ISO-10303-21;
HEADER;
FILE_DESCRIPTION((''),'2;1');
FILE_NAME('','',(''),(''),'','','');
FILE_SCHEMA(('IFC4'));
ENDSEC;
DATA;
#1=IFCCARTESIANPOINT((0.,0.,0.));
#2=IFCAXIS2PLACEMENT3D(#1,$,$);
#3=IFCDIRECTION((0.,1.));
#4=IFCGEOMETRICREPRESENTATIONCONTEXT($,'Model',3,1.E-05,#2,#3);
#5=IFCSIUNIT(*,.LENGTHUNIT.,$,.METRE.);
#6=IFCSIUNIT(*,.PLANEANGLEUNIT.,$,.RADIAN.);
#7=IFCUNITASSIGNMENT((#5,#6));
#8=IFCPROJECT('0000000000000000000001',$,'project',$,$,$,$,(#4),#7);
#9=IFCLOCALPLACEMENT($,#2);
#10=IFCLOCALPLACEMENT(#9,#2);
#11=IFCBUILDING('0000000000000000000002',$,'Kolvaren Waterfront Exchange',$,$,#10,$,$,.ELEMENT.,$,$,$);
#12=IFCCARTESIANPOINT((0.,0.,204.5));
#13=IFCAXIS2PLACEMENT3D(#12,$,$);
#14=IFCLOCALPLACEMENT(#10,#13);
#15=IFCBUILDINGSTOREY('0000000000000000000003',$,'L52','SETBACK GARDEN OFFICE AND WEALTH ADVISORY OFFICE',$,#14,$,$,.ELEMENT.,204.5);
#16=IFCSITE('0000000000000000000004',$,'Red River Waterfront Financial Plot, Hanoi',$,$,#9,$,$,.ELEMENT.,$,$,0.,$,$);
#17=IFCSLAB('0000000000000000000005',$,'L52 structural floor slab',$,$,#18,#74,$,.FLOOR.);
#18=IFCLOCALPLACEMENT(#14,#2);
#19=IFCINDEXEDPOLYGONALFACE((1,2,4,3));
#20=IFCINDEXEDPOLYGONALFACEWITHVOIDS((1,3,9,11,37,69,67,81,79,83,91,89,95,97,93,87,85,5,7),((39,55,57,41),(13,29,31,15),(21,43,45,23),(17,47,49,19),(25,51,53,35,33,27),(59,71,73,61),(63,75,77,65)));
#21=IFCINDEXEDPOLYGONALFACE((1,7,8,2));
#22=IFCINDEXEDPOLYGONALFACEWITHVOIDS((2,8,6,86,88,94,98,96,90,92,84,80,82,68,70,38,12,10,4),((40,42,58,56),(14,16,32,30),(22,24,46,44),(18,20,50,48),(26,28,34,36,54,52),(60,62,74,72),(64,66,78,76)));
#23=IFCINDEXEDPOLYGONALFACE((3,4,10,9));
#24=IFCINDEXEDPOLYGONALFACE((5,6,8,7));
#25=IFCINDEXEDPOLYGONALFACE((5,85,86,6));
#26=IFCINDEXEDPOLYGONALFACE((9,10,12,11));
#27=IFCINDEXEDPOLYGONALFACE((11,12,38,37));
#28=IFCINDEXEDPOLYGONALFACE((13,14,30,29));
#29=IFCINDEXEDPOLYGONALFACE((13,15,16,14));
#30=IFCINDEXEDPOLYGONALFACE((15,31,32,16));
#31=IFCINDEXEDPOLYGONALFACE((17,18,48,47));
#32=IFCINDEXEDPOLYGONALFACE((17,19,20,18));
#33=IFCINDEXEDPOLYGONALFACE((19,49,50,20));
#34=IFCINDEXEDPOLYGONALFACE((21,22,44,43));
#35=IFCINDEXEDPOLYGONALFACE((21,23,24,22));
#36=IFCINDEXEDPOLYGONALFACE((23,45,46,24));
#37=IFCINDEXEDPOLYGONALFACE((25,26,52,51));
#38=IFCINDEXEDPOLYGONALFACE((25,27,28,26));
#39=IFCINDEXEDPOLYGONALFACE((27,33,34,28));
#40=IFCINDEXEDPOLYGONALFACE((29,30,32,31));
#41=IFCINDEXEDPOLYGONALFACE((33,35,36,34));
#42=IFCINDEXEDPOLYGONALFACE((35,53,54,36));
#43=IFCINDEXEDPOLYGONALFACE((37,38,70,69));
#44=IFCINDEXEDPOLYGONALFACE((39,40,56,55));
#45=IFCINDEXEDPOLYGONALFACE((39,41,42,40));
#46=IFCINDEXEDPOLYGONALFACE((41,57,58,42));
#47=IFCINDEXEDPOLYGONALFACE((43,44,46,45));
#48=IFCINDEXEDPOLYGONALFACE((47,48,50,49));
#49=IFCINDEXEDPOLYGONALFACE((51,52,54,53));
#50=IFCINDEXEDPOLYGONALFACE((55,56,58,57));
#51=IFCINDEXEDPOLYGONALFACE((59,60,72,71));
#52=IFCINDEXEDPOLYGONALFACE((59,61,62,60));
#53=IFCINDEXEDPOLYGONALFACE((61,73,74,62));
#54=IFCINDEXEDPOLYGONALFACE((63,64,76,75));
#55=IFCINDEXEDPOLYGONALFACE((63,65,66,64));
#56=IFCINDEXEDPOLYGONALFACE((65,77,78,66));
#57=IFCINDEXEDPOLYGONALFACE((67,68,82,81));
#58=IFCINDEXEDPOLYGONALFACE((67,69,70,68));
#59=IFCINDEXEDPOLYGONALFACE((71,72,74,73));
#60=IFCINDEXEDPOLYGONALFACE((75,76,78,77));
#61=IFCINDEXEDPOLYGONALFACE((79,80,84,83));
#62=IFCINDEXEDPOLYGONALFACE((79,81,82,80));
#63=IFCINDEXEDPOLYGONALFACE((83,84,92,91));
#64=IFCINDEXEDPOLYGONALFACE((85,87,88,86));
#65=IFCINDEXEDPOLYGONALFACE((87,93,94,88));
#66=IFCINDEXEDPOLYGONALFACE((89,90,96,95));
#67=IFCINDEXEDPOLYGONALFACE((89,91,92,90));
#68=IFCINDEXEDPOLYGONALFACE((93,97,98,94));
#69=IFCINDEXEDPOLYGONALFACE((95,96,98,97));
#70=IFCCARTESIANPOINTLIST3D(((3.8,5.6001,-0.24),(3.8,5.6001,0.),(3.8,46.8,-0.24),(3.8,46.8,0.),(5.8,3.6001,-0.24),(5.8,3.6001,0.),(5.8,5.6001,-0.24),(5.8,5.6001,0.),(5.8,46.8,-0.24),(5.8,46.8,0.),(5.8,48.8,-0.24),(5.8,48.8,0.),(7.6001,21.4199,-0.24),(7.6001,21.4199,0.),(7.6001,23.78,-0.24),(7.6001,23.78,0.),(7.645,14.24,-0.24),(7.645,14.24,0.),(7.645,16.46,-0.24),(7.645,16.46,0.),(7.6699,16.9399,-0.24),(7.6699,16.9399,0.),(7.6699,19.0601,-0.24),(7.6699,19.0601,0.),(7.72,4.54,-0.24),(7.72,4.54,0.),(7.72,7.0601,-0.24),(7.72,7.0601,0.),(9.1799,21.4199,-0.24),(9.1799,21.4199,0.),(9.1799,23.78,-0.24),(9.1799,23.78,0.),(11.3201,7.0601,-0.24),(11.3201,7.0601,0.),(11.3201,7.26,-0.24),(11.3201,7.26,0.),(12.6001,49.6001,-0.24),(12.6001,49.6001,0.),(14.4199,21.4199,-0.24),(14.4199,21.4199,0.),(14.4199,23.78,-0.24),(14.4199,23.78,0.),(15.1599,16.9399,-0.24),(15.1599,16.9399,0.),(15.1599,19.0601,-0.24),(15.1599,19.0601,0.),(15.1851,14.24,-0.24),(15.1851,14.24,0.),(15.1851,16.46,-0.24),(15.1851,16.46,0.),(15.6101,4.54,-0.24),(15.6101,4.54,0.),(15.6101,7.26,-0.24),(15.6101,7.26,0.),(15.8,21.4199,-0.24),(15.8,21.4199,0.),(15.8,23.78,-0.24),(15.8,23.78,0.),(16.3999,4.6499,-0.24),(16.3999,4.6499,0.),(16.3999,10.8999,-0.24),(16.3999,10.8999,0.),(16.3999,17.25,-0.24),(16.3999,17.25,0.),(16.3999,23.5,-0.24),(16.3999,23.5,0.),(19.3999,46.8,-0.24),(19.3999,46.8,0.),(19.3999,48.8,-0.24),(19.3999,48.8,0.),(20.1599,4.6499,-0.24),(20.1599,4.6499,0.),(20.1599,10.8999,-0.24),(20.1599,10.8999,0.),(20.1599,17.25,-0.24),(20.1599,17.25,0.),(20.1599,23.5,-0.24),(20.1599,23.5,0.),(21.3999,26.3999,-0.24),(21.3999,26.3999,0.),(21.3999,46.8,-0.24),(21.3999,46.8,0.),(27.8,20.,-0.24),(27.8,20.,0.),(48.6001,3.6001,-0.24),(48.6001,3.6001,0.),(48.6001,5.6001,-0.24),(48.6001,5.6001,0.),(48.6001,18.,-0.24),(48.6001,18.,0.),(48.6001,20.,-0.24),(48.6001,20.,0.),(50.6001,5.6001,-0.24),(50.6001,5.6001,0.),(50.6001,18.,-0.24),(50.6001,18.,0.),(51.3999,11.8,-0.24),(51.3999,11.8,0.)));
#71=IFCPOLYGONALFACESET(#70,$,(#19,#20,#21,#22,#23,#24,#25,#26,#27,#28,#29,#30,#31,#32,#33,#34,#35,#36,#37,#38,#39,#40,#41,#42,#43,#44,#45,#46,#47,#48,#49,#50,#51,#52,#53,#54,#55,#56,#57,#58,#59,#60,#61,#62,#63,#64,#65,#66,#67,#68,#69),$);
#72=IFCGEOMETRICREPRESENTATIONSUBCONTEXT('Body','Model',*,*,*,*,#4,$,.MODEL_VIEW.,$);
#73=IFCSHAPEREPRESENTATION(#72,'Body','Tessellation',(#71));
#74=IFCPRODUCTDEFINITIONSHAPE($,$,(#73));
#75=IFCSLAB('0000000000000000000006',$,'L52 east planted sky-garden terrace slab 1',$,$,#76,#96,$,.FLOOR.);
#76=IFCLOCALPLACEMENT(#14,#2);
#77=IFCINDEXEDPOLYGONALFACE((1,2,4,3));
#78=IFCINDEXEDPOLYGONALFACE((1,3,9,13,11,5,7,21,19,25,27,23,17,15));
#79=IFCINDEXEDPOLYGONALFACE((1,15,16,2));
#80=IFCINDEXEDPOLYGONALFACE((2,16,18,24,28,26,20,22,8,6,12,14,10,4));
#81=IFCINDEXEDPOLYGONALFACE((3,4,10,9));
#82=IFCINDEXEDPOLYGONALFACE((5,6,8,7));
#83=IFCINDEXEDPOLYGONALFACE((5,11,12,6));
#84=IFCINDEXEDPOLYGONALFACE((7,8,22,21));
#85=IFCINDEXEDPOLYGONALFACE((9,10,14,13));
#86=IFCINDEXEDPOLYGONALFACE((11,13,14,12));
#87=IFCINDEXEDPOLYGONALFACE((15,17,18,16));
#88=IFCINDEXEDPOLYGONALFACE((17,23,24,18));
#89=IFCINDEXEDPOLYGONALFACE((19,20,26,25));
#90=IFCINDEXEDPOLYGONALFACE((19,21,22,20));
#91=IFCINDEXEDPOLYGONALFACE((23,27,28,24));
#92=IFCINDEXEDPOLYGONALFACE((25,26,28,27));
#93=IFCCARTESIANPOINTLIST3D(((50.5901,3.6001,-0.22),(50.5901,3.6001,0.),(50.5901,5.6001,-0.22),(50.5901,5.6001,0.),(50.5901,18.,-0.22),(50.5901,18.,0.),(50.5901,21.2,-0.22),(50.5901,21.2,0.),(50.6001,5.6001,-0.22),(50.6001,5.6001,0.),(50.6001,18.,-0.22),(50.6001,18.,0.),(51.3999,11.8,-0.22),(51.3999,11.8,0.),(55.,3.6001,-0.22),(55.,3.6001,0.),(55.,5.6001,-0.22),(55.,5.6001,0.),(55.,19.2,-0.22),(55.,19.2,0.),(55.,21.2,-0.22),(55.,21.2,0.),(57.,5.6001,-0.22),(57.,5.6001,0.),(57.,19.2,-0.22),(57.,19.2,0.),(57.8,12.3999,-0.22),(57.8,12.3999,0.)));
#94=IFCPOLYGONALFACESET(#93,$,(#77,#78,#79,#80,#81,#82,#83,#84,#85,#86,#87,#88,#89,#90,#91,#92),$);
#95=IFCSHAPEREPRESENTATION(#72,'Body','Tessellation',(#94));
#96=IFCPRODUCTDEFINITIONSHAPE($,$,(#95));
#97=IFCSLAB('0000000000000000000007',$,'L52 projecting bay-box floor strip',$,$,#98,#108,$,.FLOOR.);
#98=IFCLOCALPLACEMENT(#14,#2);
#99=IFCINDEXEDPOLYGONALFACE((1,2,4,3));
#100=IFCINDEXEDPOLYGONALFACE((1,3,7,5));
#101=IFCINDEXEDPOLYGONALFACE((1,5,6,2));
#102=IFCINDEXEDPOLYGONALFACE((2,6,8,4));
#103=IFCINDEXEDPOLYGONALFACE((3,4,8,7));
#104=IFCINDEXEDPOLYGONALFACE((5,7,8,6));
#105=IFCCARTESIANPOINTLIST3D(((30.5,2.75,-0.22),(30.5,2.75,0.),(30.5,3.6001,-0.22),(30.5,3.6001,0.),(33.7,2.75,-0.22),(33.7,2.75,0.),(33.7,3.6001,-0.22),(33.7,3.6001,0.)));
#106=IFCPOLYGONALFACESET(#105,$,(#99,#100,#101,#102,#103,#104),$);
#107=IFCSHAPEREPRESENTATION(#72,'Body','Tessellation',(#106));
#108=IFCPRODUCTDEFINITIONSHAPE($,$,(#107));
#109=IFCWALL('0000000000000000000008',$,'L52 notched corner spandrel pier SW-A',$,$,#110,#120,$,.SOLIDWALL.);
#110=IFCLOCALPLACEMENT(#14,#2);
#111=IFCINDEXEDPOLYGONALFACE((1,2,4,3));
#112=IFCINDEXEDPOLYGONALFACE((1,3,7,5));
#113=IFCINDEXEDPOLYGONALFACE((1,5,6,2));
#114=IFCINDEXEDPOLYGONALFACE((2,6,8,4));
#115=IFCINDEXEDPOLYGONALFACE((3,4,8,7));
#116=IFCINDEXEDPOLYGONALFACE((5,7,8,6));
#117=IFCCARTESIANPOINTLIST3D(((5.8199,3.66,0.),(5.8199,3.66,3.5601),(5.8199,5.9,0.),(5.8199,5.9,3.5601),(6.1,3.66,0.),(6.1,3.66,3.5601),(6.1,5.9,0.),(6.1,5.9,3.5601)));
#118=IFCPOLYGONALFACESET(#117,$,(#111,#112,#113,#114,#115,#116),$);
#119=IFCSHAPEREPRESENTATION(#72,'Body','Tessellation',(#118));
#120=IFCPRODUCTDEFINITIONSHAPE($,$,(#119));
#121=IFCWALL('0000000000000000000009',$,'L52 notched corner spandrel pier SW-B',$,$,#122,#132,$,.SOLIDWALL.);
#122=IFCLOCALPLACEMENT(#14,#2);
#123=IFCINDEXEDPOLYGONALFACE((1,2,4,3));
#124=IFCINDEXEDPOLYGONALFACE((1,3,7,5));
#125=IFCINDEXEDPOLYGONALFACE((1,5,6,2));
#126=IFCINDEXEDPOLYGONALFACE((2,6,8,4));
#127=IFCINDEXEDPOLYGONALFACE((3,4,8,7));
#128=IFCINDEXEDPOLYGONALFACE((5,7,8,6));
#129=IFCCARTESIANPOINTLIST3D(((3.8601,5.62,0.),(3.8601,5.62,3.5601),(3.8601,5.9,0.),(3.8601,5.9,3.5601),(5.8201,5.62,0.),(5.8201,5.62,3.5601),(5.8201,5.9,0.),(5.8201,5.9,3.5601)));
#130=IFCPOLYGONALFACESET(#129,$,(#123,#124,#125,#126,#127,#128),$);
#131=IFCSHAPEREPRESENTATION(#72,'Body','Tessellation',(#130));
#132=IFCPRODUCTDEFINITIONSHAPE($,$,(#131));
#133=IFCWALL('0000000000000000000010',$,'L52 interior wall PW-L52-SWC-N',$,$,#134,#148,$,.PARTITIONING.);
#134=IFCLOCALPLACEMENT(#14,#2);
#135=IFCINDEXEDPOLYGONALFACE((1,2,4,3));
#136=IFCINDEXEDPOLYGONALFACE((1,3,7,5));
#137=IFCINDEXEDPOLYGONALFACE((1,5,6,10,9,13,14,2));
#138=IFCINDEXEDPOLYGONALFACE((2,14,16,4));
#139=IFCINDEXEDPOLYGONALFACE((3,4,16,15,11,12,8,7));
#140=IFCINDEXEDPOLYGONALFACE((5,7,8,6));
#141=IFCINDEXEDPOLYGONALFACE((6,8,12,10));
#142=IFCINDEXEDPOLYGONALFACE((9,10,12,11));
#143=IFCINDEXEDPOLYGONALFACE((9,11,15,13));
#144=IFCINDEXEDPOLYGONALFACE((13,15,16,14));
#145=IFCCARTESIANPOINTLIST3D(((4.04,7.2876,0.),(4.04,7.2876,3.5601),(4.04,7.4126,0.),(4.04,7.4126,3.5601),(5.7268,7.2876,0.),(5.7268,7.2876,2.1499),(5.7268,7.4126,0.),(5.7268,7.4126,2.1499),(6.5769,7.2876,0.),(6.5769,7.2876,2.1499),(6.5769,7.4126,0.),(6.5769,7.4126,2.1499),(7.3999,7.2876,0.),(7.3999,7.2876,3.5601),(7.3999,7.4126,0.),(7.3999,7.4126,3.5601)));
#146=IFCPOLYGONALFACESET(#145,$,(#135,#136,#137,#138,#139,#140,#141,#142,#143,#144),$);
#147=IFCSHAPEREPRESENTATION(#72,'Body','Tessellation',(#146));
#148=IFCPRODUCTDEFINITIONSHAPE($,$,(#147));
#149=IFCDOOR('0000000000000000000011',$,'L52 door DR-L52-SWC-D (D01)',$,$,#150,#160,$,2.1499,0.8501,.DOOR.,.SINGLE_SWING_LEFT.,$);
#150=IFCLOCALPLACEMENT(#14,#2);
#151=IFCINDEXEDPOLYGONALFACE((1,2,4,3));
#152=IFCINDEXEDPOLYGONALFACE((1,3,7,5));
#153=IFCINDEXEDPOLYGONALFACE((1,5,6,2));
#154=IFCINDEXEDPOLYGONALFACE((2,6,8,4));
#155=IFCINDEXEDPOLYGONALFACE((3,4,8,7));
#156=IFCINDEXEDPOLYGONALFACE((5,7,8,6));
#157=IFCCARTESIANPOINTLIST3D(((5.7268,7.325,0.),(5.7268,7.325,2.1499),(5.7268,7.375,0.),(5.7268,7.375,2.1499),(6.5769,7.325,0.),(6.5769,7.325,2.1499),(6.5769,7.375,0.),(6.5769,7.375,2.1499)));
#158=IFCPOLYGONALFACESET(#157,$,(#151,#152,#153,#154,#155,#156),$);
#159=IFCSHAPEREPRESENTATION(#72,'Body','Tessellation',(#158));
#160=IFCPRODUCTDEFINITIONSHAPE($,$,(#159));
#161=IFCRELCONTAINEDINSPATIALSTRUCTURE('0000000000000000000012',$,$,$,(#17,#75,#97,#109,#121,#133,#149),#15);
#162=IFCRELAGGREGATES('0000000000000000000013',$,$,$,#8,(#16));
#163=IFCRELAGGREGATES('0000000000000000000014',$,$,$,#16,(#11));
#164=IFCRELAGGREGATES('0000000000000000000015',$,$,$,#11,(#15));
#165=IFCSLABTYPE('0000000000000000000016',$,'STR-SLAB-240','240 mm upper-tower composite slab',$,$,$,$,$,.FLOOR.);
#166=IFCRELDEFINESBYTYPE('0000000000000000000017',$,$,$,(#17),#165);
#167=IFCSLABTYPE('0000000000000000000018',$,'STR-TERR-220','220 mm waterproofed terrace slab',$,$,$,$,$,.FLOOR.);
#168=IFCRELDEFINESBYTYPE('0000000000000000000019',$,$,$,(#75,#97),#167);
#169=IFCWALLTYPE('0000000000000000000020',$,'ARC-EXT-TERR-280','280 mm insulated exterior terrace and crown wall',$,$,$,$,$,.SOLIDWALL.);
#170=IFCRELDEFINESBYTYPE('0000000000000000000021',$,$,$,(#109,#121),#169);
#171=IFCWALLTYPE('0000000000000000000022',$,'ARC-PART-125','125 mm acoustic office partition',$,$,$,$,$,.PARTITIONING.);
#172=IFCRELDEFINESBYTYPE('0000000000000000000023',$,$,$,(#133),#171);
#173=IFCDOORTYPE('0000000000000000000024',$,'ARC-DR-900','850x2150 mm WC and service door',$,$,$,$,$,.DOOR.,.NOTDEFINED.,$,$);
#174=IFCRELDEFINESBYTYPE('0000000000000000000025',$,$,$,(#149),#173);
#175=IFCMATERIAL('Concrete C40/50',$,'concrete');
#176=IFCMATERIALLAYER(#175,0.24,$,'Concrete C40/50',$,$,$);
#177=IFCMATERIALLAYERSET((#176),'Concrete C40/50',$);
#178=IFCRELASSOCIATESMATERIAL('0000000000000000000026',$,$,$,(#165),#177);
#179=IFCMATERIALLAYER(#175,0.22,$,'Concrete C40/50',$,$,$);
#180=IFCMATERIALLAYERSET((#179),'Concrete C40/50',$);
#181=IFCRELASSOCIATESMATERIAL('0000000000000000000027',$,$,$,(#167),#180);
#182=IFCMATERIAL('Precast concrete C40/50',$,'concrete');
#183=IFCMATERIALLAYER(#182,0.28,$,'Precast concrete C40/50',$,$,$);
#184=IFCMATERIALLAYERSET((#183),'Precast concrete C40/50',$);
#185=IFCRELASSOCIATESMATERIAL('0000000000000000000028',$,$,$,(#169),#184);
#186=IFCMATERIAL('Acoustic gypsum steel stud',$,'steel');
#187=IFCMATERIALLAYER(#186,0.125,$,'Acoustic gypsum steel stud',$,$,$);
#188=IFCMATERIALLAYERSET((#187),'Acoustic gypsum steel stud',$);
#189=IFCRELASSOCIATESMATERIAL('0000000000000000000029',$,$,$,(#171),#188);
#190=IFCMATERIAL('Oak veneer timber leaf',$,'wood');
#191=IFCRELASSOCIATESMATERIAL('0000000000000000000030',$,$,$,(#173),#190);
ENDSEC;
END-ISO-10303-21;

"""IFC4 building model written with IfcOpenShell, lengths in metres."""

from ifc_helpers import new_model, si_unit, direction, frame, frame_2d, origin, place, context, subcontext, project, spatial, polyline, rectangle, outline, extrude, material, layer, layer_set, type_object, element, fill, save


model = new_model("IFC4")

# Units and contexts
model_context = context("Model", 3, precision=1e-05, world=origin(), true_north=direction((0.0, 1.0)))
body_context = subcontext(model_context, "Body", "Model", "MODEL_VIEW")
ifc_project = project(units=[si_unit("LENGTHUNIT", "METRE"), si_unit("PLANEANGLEUNIT", "RADIAN")], contexts=[model_context])

# Site, building, storey
site_placement = place(None, origin())
site = spatial("IfcSite", under=ifc_project, at=site_placement, Name="Red River Waterfront Financial Plot, Hanoi", CompositionType="ELEMENT", RefElevation=0.0)
building_placement = place(site_placement, origin())
building = spatial("IfcBuilding", under=site, at=building_placement, Name="Kolvaren Waterfront Exchange", CompositionType="ELEMENT")
storey_placement = place(building_placement, frame((0.0, 0.0, 204.5)))
storey = spatial("IfcBuildingStorey", under=building, at=storey_placement, Name="L52", Description="SETBACK GARDEN OFFICE AND WEALTH ADVISORY OFFICE", CompositionType="ELEMENT", Elevation=204.5)

# Shared definitions
ifc_material_1 = material(Name="Concrete C40/50", Category="concrete")

# Slabs
ifc_material_2 = material(Name="Precast concrete C40/50", Category="concrete")
ifc_layer_1 = layer(ifc_material_1, 0.24, Name="Concrete C40/50")
ifc_layer_set_1 = layer_set([ifc_layer_1], Name="Concrete C40/50")
slab_type_1 = type_object("IfcSlabType", Name="STR-SLAB-240", Description="240 mm upper-tower composite slab", PredefinedType="FLOOR", material=ifc_layer_set_1)
slab_1_placement = place(storey_placement, frame((0.0, 0.0, -0.24)))
element("IfcSlab", 1, at=slab_1_placement, inside=storey, type_object=slab_type_1, Name="L52 structural floor slab", PredefinedType="FLOOR", context=body_context, shape_type="SweptSolid", body=[
    extrude(outline(polyline([(5.8, 3.6001), (48.6001, 3.6001), (48.6001, 5.6001), (50.6001, 5.6001), (51.3999, 11.8), (50.6001, 18.0), (48.6001, 18.0), (48.6001, 20.0), (27.8, 20.0), (21.3999, 26.3999), (21.3999, 46.8), (19.3999, 46.8), (19.3999, 48.8), (12.6001, 49.6001), (5.8, 48.8), (5.8, 46.8), (3.8, 46.8), (3.8, 5.6001), (5.8, 5.6001), (5.8, 3.6001)]), holes=[polyline([(11.3201, 7.26), (15.6101, 7.26), (15.6101, 4.54), (7.72, 4.54), (7.72, 7.0601), (11.3201, 7.0601), (11.3201, 7.26)]), polyline([(20.1599, 10.8999), (20.1599, 4.6499), (16.3999, 4.6499), (16.3999, 10.8999), (20.1599, 10.8999)]), polyline([(15.1851, 14.24), (7.645, 14.24), (7.645, 16.46), (15.1851, 16.46), (15.1851, 14.24)]), polyline([(15.1599, 16.9399), (7.6699, 16.9399), (7.6699, 19.0601), (15.1599, 19.0601), (15.1599, 16.9399)]), polyline([(16.3999, 17.25), (16.3999, 23.5), (20.1599, 23.5), (20.1599, 17.25), (16.3999, 17.25)]), polyline([(7.6001, 23.78), (9.1799, 23.78), (9.1799, 21.4199), (7.6001, 21.4199), (7.6001, 23.78)]), polyline([(14.4199, 23.78), (15.8, 23.78), (15.8, 21.4199), (14.4199, 21.4199), (14.4199, 23.78)])]), origin(), (0.0, 0.0, 1.0), 0.24),
])
ifc_layer_2 = layer(ifc_material_1, 0.22, Name="Concrete C40/50")
ifc_layer_set_2 = layer_set([ifc_layer_2], Name="Concrete C40/50")
slab_type_2 = type_object("IfcSlabType", Name="STR-TERR-220", Description="220 mm waterproofed terrace slab", PredefinedType="FLOOR", material=ifc_layer_set_2)
slab_2_placement = place(storey_placement, frame((0.0, 0.0, -0.22)))
element("IfcSlab", 2, at=slab_2_placement, inside=storey, type_object=slab_type_2, Name="L52 east planted sky-garden terrace slab 1", PredefinedType="FLOOR", context=body_context, shape_type="SweptSolid", body=[
    extrude(outline(polyline([(55.0, 21.2), (55.0, 19.2), (57.0, 19.2), (57.8, 12.3999), (57.0, 5.6001), (55.0, 5.6001), (55.0, 3.6001), (50.5901, 3.6001), (50.5901, 5.6001), (50.6001, 5.6001), (51.3999, 11.8), (50.6001, 18.0), (50.5901, 18.0), (50.5901, 21.2), (55.0, 21.2)])), origin(), (0.0, 0.0, 1.0), 0.22),
])
slab_3_placement = place(storey_placement, frame((0.0, 0.0, -0.22)))
element("IfcSlab", 3, at=slab_3_placement, inside=storey, type_object=slab_type_2, Name="L52 projecting bay-box floor strip", PredefinedType="FLOOR", context=body_context, shape_type="SweptSolid", body=[
    extrude(outline(polyline([(30.5, 2.75), (33.7, 2.75), (33.7, 3.6001), (30.5, 3.6001), (30.5, 2.75)])), origin(), (0.0, 0.0, 1.0), 0.22),
])

# Walls
ifc_layer_3 = layer(ifc_material_2, 0.28, Name="Precast concrete C40/50")
ifc_layer_set_3 = layer_set([ifc_layer_3], Name="Precast concrete C40/50")
wall_type_1 = type_object("IfcWallType", Name="ARC-EXT-TERR-280", Description="280 mm insulated exterior terrace and crown wall", PredefinedType="SOLIDWALL", material=ifc_layer_set_3)
wall_1_placement = place(storey_placement, frame((5.96, 3.6599, 0.0), z_axis=(0.0, 0.0, 1.0), x_axis=(0.0, 1.0, 0.0)))
element("IfcWall", 4, at=wall_1_placement, inside=storey, type_object=wall_type_1, Name="L52 notched corner spandrel pier SW-A", PredefinedType="SOLIDWALL", context=body_context, shape_type="SweptSolid", body=[
    extrude(rectangle(XDim=2.24, YDim=0.28, at=frame_2d((1.1201, 0.0))), origin(), (0.0, 0.0, 1.0), 3.5601),
])
wall_2_placement = place(storey_placement, frame((3.8601, 5.76, 0.0), z_axis=(0.0, 0.0, 1.0), x_axis=(1.0, 0.0, 0.0)))
element("IfcWall", 5, at=wall_2_placement, inside=storey, type_object=wall_type_1, Name="L52 notched corner spandrel pier SW-B", PredefinedType="SOLIDWALL", context=body_context, shape_type="SweptSolid", body=[
    extrude(rectangle(XDim=1.96, YDim=0.28, at=frame_2d((0.98, 0.0))), origin(), (0.0, 0.0, 1.0), 3.5601),
])

# Wall, opening, door
ifc_material_3 = material(Name="Acoustic gypsum steel stud", Category="steel")
ifc_layer_4 = layer(ifc_material_3, 0.125, Name="Acoustic gypsum steel stud")
ifc_layer_set_4 = layer_set([ifc_layer_4], Name="Acoustic gypsum steel stud")
wall_type_2 = type_object("IfcWallType", Name="ARC-PART-125", Description="125 mm acoustic office partition", PredefinedType="PARTITIONING", material=ifc_layer_set_4)
wall_3_placement = place(storey_placement, frame((4.04, 7.3501, 0.0), z_axis=(0.0, 0.0, 1.0), x_axis=(1.0, 0.0, 0.0)))
wall_3 = element("IfcWall", 6, at=wall_3_placement, inside=storey, type_object=wall_type_2, Name="L52 interior wall PW-L52-SWC-N", PredefinedType="PARTITIONING", context=body_context, shape_type="SweptSolid", body=[
    extrude(rectangle(XDim=3.3599, YDim=0.125, at=frame_2d((1.6799, 0.0))), origin(), (0.0, 0.0, 1.0), 3.5601),
])
opening_placement = place(wall_3_placement, frame((1.6868, 0.0, 0.0)))
opening = element("IfcOpeningElement", 7, at=opening_placement, cuts=wall_3, PredefinedType="OPENING", context=body_context, shape_type="SweptSolid", body=[
    extrude(rectangle(XDim=0.8501, YDim=2.1499, at=frame_2d((0.425, 1.075))), frame((0.0, 0.0725, 0.0), z_axis=(0.0, -1.0, 0.0), x_axis=(1.0, 0.0, 0.0)), (0.0, 0.0, 1.0), 0.145),
])
ifc_material_4 = material(Name="Oak veneer timber leaf", Category="wood")
door_type = type_object("IfcDoorType", Name="ARC-DR-900", Description="850x2150 mm WC and service door", OperationType="NOTDEFINED", PredefinedType="DOOR", material=ifc_material_4)
door_placement = place(opening_placement, origin())
door = element("IfcDoor", 8, at=door_placement, inside=storey, type_object=door_type, Name="L52 door DR-L52-SWC-D (D01)", OperationType="SINGLE_SWING_LEFT", OverallHeight=2.1499, OverallWidth=0.8501, PredefinedType="DOOR", context=body_context, shape_type="SweptSolid", body=[
    extrude(rectangle(XDim=0.8501, YDim=2.1499, at=frame_2d((0.425, 1.075))), frame((0.0, 0.0249, 0.0), z_axis=(0.0, -1.0, 0.0), x_axis=(1.0, 0.0, 0.0)), (0.0, 0.0, 1.0), 0.05),
])
fill(opening, door)

save(model, "model.ifc")
